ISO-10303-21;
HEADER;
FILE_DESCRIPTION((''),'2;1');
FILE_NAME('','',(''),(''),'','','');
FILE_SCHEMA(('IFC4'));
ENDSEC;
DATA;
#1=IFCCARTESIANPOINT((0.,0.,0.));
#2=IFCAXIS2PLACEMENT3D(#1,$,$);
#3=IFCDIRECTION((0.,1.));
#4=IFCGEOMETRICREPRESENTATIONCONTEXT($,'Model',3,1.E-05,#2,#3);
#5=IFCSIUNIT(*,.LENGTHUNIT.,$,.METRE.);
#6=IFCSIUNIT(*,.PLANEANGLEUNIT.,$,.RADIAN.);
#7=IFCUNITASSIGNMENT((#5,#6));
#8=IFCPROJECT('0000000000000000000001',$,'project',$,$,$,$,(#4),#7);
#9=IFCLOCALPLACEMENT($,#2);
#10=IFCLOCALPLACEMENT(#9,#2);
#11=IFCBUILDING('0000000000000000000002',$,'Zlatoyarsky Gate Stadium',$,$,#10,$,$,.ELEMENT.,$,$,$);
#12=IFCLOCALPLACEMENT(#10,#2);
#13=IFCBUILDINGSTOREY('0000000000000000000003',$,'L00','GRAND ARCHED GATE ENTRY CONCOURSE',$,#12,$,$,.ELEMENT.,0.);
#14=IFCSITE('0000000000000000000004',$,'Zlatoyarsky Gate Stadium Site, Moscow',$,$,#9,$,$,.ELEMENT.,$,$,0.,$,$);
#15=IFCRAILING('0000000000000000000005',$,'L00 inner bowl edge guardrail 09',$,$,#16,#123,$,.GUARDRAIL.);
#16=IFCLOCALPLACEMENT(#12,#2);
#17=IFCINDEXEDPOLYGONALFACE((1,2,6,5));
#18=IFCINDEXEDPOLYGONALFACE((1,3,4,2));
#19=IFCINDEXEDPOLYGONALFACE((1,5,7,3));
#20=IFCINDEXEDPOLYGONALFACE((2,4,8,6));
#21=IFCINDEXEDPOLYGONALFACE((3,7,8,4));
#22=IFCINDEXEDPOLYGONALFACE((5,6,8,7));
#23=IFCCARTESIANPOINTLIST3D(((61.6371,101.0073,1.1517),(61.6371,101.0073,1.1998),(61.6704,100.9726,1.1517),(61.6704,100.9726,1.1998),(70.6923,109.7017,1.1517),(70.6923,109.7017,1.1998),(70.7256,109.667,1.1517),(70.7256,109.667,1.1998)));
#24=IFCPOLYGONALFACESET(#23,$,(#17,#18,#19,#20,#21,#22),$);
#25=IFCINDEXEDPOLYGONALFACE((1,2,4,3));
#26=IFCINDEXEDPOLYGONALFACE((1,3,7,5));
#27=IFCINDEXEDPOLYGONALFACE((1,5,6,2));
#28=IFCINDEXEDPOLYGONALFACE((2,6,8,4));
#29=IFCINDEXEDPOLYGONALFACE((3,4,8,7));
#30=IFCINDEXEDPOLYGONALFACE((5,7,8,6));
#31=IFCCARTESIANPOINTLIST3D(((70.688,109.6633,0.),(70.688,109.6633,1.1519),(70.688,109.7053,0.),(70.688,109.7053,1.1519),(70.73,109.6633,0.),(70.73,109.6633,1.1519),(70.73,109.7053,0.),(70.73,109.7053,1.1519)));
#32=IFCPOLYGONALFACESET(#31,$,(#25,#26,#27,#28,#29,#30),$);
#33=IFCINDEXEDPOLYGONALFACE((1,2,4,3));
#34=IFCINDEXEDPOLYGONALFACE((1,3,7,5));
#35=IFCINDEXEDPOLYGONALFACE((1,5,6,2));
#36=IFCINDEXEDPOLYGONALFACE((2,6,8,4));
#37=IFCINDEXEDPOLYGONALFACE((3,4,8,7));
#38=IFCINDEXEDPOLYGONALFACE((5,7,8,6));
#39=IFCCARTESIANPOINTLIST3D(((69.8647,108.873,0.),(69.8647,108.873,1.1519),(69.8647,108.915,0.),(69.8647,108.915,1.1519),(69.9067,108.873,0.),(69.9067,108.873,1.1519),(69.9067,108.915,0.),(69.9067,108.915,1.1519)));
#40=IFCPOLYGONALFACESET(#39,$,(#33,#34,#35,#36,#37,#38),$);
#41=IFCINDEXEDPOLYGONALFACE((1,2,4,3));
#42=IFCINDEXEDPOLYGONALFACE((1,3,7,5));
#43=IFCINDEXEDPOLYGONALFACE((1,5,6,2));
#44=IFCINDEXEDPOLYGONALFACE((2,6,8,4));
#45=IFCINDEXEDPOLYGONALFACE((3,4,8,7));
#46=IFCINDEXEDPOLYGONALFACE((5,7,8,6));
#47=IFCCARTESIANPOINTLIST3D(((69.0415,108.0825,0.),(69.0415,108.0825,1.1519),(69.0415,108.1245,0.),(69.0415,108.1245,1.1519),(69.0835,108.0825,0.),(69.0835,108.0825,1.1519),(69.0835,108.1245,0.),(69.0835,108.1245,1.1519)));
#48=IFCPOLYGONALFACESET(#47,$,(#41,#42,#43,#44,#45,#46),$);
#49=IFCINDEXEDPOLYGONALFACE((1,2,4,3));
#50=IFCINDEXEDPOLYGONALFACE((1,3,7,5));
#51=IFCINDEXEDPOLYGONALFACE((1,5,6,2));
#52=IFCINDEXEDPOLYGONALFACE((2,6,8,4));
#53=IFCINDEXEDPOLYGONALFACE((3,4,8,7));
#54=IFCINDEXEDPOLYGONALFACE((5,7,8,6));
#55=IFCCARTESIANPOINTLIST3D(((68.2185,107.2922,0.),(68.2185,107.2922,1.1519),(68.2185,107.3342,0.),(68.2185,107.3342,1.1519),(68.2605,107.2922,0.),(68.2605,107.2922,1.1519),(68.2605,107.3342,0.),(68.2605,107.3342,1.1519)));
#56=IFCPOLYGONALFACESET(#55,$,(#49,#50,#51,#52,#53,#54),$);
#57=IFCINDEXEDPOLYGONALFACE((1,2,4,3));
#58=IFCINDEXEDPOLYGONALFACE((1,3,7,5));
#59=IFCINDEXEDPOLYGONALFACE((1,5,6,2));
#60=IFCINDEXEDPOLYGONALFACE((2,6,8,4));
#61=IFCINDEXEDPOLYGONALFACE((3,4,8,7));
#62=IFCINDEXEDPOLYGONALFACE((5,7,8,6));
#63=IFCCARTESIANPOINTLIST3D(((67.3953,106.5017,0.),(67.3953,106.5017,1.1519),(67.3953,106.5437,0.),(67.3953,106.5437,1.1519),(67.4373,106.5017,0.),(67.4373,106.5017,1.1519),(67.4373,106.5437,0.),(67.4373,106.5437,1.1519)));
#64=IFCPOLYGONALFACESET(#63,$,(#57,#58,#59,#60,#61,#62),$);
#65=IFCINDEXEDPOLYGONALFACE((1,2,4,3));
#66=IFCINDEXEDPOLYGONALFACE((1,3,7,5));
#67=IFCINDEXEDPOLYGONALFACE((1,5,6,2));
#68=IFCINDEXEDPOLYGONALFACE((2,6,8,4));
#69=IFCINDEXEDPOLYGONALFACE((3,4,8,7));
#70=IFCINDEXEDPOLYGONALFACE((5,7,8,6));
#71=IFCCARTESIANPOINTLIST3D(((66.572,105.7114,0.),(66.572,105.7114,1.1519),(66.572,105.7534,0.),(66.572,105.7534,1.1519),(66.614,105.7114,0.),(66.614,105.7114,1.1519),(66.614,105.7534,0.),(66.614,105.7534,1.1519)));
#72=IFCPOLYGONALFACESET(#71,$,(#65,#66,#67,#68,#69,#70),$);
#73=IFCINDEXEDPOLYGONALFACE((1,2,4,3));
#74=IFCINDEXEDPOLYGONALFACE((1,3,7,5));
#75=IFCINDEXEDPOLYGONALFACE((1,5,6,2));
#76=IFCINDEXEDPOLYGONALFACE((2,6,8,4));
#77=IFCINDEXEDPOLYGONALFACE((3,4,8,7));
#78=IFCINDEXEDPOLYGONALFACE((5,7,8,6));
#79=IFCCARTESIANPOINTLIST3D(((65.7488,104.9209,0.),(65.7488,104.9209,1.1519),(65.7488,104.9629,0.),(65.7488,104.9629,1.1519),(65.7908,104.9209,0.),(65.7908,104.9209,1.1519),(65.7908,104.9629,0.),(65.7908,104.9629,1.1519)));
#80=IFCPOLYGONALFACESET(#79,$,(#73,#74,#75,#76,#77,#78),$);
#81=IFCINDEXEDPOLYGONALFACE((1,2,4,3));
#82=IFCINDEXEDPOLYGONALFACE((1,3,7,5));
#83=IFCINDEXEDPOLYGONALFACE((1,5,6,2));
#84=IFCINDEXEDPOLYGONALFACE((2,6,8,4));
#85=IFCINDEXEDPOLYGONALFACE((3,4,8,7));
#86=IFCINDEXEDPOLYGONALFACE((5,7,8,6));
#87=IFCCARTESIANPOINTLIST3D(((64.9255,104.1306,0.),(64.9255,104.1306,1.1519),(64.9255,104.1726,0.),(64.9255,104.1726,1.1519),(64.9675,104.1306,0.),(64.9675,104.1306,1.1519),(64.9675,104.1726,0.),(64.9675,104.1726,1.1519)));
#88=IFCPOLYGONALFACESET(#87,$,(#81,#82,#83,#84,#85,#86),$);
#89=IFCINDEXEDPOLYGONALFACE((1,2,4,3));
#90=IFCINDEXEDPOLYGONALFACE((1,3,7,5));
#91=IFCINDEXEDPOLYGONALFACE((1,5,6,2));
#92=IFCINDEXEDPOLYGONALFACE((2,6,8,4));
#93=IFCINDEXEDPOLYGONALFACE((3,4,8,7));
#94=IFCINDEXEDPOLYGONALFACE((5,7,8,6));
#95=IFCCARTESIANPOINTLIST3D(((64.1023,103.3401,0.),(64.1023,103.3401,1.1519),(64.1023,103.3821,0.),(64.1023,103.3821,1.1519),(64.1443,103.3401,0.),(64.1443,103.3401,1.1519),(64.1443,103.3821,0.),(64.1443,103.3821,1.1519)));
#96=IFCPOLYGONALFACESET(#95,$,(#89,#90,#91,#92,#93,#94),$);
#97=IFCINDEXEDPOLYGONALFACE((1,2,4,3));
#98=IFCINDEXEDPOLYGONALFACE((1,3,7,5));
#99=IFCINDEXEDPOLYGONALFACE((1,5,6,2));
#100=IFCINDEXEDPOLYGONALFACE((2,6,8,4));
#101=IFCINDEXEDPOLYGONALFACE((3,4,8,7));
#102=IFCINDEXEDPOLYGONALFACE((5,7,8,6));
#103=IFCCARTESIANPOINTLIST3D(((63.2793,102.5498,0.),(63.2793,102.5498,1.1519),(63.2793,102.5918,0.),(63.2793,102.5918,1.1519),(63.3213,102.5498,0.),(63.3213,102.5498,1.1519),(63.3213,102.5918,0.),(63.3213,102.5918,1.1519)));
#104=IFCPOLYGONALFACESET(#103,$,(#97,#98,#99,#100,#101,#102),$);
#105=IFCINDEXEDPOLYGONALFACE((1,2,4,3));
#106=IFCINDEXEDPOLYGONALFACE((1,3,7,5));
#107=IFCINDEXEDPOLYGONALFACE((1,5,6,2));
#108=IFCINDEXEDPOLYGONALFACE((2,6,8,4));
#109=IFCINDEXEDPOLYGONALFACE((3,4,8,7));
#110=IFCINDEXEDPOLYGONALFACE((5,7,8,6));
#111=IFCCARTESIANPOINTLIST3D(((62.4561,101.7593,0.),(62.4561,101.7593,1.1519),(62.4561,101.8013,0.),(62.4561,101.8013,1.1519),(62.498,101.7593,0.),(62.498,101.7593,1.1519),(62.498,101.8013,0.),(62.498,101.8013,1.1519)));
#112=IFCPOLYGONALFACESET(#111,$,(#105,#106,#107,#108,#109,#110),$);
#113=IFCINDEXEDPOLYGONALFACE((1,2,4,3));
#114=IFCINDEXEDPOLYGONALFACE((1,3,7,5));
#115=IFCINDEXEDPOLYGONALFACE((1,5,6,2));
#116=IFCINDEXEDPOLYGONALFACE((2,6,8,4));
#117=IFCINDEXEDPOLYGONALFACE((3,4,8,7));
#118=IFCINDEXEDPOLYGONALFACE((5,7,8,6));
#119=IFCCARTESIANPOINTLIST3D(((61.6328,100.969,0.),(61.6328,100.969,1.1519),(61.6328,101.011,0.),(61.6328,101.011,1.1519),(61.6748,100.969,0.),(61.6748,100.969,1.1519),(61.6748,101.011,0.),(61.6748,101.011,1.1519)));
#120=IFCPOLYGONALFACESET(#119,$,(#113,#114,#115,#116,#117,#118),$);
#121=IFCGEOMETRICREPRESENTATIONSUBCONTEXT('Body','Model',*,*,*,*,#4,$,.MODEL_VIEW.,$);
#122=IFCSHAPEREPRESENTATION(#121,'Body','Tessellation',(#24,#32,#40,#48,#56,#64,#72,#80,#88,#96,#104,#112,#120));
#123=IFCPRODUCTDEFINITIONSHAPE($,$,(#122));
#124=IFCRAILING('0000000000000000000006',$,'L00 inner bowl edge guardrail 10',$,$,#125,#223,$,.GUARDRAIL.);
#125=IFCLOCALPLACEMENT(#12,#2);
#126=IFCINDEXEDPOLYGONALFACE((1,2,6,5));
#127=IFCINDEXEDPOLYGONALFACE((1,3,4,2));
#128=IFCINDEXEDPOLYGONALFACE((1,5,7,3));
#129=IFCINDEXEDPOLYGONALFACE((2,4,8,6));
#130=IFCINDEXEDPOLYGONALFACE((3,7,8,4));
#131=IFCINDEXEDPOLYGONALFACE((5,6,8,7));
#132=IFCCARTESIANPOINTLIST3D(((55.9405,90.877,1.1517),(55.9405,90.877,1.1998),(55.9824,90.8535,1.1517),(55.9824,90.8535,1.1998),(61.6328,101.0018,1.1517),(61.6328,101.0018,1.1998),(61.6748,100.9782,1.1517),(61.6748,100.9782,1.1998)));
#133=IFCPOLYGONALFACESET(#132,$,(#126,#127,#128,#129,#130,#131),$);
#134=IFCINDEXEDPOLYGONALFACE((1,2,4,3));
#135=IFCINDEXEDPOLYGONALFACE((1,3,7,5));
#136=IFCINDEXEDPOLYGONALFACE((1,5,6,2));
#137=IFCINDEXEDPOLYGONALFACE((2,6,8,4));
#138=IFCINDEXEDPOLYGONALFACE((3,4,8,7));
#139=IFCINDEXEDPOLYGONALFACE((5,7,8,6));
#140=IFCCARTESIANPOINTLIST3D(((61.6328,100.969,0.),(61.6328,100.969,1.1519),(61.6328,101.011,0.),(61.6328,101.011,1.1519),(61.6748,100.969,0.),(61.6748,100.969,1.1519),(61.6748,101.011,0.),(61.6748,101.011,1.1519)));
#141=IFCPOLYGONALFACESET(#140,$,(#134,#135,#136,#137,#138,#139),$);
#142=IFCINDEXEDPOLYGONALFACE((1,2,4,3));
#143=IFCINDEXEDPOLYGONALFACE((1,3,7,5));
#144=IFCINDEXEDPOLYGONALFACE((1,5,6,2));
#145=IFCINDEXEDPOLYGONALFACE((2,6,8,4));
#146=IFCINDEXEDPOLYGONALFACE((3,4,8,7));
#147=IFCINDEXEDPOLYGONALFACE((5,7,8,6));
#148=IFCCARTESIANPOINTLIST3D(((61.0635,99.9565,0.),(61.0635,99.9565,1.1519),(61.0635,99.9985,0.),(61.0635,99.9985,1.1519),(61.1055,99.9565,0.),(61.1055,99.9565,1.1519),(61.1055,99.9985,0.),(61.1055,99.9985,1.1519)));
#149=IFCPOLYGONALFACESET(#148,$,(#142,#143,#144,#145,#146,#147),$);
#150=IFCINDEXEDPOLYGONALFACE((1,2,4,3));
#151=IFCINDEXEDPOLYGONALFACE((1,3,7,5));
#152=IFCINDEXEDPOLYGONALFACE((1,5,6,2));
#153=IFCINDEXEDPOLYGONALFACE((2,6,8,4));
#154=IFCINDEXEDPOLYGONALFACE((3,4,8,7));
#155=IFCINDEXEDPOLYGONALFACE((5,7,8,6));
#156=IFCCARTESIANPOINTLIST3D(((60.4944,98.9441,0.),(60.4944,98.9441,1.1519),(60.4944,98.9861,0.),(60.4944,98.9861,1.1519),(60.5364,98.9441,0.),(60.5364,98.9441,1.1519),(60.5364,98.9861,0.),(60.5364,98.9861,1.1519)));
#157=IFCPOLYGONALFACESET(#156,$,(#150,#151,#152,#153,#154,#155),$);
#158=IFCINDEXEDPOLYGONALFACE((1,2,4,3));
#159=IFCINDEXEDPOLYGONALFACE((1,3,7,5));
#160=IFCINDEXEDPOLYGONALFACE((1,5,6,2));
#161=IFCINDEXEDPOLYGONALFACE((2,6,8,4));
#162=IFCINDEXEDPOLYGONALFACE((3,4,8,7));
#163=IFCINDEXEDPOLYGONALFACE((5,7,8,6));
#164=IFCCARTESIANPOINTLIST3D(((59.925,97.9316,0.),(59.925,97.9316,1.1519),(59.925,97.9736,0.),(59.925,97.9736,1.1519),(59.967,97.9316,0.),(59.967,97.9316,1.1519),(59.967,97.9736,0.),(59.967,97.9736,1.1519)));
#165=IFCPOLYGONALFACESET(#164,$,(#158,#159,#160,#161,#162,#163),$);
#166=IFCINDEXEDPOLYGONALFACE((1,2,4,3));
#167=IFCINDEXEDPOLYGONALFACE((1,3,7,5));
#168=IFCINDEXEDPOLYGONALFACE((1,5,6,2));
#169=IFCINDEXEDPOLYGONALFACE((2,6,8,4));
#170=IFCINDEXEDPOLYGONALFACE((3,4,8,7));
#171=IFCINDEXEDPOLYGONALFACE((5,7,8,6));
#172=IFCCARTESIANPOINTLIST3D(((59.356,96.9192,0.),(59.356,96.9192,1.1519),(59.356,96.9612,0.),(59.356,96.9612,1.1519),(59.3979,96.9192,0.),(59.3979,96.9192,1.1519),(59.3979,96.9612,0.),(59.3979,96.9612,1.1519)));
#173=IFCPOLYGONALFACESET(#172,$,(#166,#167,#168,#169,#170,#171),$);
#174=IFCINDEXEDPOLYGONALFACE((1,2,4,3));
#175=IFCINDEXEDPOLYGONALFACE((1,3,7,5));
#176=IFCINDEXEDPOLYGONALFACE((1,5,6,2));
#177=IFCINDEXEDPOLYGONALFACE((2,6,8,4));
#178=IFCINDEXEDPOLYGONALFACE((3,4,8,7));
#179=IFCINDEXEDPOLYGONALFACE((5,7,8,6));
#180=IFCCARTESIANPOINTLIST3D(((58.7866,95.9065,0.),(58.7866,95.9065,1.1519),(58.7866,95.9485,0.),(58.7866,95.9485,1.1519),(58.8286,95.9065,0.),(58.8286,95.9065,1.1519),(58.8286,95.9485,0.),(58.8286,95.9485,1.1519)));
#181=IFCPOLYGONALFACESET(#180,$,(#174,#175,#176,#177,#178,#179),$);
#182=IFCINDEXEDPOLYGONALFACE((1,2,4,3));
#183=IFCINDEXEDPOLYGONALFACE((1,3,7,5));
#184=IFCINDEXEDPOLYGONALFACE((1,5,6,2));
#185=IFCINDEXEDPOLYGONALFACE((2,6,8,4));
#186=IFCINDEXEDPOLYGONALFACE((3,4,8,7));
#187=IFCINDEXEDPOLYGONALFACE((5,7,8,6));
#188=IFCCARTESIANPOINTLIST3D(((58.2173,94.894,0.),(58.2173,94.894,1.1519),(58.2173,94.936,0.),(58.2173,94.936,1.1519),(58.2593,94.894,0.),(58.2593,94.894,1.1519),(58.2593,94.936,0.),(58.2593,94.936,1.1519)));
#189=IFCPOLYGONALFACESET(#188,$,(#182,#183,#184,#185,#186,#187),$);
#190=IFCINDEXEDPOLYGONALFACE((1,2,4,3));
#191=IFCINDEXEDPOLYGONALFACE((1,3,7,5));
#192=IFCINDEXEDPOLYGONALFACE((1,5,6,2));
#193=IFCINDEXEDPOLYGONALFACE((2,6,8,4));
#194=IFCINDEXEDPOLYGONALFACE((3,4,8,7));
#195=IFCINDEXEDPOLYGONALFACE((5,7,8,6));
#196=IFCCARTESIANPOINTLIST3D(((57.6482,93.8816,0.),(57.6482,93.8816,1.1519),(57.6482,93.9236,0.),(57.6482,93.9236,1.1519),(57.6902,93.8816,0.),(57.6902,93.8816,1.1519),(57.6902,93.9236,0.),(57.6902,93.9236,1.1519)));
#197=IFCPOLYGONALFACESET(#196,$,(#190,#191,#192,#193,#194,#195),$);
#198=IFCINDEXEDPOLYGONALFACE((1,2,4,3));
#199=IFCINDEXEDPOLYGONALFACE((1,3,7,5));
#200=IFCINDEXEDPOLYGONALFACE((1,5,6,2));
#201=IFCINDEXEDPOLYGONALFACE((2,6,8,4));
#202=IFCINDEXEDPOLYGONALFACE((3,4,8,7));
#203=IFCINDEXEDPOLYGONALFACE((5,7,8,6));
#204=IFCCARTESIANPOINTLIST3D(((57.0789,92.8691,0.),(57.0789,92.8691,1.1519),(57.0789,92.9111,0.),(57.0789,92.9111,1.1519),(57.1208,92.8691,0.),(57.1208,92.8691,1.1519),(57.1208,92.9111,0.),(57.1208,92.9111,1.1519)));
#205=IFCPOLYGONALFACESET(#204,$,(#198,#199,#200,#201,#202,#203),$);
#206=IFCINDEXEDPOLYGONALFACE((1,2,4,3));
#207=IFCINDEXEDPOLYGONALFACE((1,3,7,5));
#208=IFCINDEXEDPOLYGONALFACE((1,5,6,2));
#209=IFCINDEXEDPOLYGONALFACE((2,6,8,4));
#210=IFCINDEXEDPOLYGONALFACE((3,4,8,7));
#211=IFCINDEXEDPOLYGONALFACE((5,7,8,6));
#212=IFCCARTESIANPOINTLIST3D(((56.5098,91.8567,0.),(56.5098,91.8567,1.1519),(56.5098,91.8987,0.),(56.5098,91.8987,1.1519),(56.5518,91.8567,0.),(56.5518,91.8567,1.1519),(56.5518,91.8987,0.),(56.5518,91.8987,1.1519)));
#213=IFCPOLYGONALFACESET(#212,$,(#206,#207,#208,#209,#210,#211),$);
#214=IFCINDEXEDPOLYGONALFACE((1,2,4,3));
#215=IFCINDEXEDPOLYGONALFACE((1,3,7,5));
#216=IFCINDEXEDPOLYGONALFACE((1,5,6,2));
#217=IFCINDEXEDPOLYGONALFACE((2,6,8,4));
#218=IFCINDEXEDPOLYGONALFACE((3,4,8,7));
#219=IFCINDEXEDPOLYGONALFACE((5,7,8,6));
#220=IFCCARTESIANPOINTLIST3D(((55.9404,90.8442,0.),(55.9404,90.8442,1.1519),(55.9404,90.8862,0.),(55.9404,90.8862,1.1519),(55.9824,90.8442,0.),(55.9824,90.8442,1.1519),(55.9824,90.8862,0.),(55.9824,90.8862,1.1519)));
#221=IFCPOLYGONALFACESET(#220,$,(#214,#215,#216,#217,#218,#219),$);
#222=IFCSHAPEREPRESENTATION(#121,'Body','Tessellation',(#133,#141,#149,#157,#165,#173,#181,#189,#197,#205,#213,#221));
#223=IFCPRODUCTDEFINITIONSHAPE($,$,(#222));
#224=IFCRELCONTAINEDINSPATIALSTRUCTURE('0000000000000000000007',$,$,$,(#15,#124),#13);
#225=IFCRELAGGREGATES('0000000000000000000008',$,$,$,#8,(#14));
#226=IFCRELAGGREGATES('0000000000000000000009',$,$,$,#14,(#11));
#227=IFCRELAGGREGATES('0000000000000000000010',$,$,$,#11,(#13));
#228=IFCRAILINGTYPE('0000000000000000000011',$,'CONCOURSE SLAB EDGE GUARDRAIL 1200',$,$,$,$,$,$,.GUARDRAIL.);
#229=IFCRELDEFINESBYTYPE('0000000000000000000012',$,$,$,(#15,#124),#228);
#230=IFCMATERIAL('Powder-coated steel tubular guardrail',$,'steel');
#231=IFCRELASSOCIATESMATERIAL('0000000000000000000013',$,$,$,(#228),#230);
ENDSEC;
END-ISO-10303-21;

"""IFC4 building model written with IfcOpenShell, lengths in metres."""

from ifc_helpers import new_model, si_unit, direction, frame, origin, origin_2d, place, context, subcontext, project, spatial, rectangle, extrude, material, type_object, element, save


model = new_model("IFC4")

# Units and contexts
model_context = context("Model", 3, precision=1e-05, world=origin(), true_north=direction((0.0, 1.0)))
body_context = subcontext(model_context, "Body", "Model", "MODEL_VIEW")
ifc_project = project(units=[si_unit("LENGTHUNIT", "METRE"), si_unit("PLANEANGLEUNIT", "RADIAN")], contexts=[model_context])

# Site, building, storey
site_placement = place(None, origin())
site = spatial("IfcSite", under=ifc_project, at=site_placement, Name="Zlatoyarsky Gate Stadium Site, Moscow", CompositionType="ELEMENT", RefElevation=0.0)
building_placement = place(site_placement, origin())
building = spatial("IfcBuilding", under=site, at=building_placement, Name="Zlatoyarsky Gate Stadium", CompositionType="ELEMENT")
storey_placement = place(building_placement, origin())
storey = spatial("IfcBuildingStorey", under=building, at=storey_placement, Name="L00", Description="GRAND ARCHED GATE ENTRY CONCOURSE", CompositionType="ELEMENT", Elevation=0.0)

# Railings
ifc_material_1 = material(Name="Powder-coated steel tubular guardrail", Category="steel")
railing_type = type_object("IfcRailingType", Name="CONCOURSE SLAB EDGE GUARDRAIL 1200", PredefinedType="GUARDRAIL", material=ifc_material_1)
railing_1_placement = place(storey_placement, frame((70.709, 109.6843, 0.0)))
element("IfcRailing", 1, at=railing_1_placement, inside=storey, type_object=railing_type, Name="L00 inner bowl edge guardrail 09", PredefinedType="GUARDRAIL", context=body_context, shape_type="SweptSolid", body=[
    extrude(rectangle(XDim=0.0481, YDim=0.0481, at=origin_2d()), frame((0.0, 0.0, 1.1758), z_axis=(-0.721333, -0.692589, 0.0), x_axis=(0.692589, -0.721333, 0.0)), (0.0, 0.0, 1.0), 12.5535),
    extrude(rectangle(XDim=0.042, YDim=0.042, at=origin_2d()), origin(), (0.0, 0.0, 1.0), 1.1519),
    extrude(rectangle(XDim=0.042, YDim=0.042, at=origin_2d()), frame((-0.8232, -0.7903, 0.0)), (0.0, 0.0, 1.0), 1.1519),
    extrude(rectangle(XDim=0.042, YDim=0.042, at=origin_2d()), frame((-1.6465, -1.5808, 0.0)), (0.0, 0.0, 1.0), 1.1519),
    extrude(rectangle(XDim=0.042, YDim=0.042, at=origin_2d()), frame((-2.4695, -2.3711, 0.0)), (0.0, 0.0, 1.0), 1.1519),
    extrude(rectangle(XDim=0.042, YDim=0.042, at=origin_2d()), frame((-3.2927, -3.1616, 0.0)), (0.0, 0.0, 1.0), 1.1519),
    extrude(rectangle(XDim=0.042, YDim=0.042, at=origin_2d()), frame((-4.116, -3.9519, 0.0)), (0.0, 0.0, 1.0), 1.1519),
    extrude(rectangle(XDim=0.042, YDim=0.042, at=origin_2d()), frame((-4.9392, -4.7424, 0.0)), (0.0, 0.0, 1.0), 1.1519),
    extrude(rectangle(XDim=0.042, YDim=0.042, at=origin_2d()), frame((-5.7625, -5.5327, 0.0)), (0.0, 0.0, 1.0), 1.1519),
    extrude(rectangle(XDim=0.042, YDim=0.042, at=origin_2d()), frame((-6.5857, -6.3232, 0.0)), (0.0, 0.0, 1.0), 1.1519),
    extrude(rectangle(XDim=0.042, YDim=0.042, at=origin_2d()), frame((-7.4087, -7.1135, 0.0)), (0.0, 0.0, 1.0), 1.1519),
    extrude(rectangle(XDim=0.042, YDim=0.042, at=origin_2d()), frame((-8.2319, -7.9041, 0.0)), (0.0, 0.0, 1.0), 1.1519),
    extrude(rectangle(XDim=0.042, YDim=0.042, at=origin_2d()), frame((-9.0552, -8.6943, 0.0)), (0.0, 0.0, 1.0), 1.1519),
])
railing_2_placement = place(storey_placement, frame((61.6538, 100.99, 0.0)))
element("IfcRailing", 2, at=railing_2_placement, inside=storey, type_object=railing_type, Name="L00 inner bowl edge guardrail 10", PredefinedType="GUARDRAIL", context=body_context, shape_type="SweptSolid", body=[
    extrude(rectangle(XDim=0.0481, YDim=0.0481, at=origin_2d()), frame((0.0, 0.0, 1.1758), z_axis=(-0.490079, -0.871678, 0.0), x_axis=(0.871678, -0.490079, 0.0)), (0.0, 0.0, 1.0), 11.6152),
    extrude(rectangle(XDim=0.042, YDim=0.042, at=origin_2d()), origin(), (0.0, 0.0, 1.0), 1.1519),
    extrude(rectangle(XDim=0.042, YDim=0.042, at=origin_2d()), frame((-0.5693, -1.0125, 0.0)), (0.0, 0.0, 1.0), 1.1519),
    extrude(rectangle(XDim=0.042, YDim=0.042, at=origin_2d()), frame((-1.1384, -2.0249, 0.0)), (0.0, 0.0, 1.0), 1.1519),
    extrude(rectangle(XDim=0.042, YDim=0.042, at=origin_2d()), frame((-1.7078, -3.0374, 0.0)), (0.0, 0.0, 1.0), 1.1519),
    extrude(rectangle(XDim=0.042, YDim=0.042, at=origin_2d()), frame((-2.2769, -4.0498, 0.0)), (0.0, 0.0, 1.0), 1.1519),
    extrude(rectangle(XDim=0.042, YDim=0.042, at=origin_2d()), frame((-2.8462, -5.0625, 0.0)), (0.0, 0.0, 1.0), 1.1519),
    extrude(rectangle(XDim=0.042, YDim=0.042, at=origin_2d()), frame((-3.4155, -6.075, 0.0)), (0.0, 0.0, 1.0), 1.1519),
    extrude(rectangle(XDim=0.042, YDim=0.042, at=origin_2d()), frame((-3.9846, -7.0874, 0.0)), (0.0, 0.0, 1.0), 1.1519),
    extrude(rectangle(XDim=0.042, YDim=0.042, at=origin_2d()), frame((-4.554, -8.0999, 0.0)), (0.0, 0.0, 1.0), 1.1519),
    extrude(rectangle(XDim=0.042, YDim=0.042, at=origin_2d()), frame((-5.123, -9.1123, 0.0)), (0.0, 0.0, 1.0), 1.1519),
    extrude(rectangle(XDim=0.042, YDim=0.042, at=origin_2d()), frame((-5.6924, -10.1248, 0.0)), (0.0, 0.0, 1.0), 1.1519),
])

save(model, "model.ifc")
